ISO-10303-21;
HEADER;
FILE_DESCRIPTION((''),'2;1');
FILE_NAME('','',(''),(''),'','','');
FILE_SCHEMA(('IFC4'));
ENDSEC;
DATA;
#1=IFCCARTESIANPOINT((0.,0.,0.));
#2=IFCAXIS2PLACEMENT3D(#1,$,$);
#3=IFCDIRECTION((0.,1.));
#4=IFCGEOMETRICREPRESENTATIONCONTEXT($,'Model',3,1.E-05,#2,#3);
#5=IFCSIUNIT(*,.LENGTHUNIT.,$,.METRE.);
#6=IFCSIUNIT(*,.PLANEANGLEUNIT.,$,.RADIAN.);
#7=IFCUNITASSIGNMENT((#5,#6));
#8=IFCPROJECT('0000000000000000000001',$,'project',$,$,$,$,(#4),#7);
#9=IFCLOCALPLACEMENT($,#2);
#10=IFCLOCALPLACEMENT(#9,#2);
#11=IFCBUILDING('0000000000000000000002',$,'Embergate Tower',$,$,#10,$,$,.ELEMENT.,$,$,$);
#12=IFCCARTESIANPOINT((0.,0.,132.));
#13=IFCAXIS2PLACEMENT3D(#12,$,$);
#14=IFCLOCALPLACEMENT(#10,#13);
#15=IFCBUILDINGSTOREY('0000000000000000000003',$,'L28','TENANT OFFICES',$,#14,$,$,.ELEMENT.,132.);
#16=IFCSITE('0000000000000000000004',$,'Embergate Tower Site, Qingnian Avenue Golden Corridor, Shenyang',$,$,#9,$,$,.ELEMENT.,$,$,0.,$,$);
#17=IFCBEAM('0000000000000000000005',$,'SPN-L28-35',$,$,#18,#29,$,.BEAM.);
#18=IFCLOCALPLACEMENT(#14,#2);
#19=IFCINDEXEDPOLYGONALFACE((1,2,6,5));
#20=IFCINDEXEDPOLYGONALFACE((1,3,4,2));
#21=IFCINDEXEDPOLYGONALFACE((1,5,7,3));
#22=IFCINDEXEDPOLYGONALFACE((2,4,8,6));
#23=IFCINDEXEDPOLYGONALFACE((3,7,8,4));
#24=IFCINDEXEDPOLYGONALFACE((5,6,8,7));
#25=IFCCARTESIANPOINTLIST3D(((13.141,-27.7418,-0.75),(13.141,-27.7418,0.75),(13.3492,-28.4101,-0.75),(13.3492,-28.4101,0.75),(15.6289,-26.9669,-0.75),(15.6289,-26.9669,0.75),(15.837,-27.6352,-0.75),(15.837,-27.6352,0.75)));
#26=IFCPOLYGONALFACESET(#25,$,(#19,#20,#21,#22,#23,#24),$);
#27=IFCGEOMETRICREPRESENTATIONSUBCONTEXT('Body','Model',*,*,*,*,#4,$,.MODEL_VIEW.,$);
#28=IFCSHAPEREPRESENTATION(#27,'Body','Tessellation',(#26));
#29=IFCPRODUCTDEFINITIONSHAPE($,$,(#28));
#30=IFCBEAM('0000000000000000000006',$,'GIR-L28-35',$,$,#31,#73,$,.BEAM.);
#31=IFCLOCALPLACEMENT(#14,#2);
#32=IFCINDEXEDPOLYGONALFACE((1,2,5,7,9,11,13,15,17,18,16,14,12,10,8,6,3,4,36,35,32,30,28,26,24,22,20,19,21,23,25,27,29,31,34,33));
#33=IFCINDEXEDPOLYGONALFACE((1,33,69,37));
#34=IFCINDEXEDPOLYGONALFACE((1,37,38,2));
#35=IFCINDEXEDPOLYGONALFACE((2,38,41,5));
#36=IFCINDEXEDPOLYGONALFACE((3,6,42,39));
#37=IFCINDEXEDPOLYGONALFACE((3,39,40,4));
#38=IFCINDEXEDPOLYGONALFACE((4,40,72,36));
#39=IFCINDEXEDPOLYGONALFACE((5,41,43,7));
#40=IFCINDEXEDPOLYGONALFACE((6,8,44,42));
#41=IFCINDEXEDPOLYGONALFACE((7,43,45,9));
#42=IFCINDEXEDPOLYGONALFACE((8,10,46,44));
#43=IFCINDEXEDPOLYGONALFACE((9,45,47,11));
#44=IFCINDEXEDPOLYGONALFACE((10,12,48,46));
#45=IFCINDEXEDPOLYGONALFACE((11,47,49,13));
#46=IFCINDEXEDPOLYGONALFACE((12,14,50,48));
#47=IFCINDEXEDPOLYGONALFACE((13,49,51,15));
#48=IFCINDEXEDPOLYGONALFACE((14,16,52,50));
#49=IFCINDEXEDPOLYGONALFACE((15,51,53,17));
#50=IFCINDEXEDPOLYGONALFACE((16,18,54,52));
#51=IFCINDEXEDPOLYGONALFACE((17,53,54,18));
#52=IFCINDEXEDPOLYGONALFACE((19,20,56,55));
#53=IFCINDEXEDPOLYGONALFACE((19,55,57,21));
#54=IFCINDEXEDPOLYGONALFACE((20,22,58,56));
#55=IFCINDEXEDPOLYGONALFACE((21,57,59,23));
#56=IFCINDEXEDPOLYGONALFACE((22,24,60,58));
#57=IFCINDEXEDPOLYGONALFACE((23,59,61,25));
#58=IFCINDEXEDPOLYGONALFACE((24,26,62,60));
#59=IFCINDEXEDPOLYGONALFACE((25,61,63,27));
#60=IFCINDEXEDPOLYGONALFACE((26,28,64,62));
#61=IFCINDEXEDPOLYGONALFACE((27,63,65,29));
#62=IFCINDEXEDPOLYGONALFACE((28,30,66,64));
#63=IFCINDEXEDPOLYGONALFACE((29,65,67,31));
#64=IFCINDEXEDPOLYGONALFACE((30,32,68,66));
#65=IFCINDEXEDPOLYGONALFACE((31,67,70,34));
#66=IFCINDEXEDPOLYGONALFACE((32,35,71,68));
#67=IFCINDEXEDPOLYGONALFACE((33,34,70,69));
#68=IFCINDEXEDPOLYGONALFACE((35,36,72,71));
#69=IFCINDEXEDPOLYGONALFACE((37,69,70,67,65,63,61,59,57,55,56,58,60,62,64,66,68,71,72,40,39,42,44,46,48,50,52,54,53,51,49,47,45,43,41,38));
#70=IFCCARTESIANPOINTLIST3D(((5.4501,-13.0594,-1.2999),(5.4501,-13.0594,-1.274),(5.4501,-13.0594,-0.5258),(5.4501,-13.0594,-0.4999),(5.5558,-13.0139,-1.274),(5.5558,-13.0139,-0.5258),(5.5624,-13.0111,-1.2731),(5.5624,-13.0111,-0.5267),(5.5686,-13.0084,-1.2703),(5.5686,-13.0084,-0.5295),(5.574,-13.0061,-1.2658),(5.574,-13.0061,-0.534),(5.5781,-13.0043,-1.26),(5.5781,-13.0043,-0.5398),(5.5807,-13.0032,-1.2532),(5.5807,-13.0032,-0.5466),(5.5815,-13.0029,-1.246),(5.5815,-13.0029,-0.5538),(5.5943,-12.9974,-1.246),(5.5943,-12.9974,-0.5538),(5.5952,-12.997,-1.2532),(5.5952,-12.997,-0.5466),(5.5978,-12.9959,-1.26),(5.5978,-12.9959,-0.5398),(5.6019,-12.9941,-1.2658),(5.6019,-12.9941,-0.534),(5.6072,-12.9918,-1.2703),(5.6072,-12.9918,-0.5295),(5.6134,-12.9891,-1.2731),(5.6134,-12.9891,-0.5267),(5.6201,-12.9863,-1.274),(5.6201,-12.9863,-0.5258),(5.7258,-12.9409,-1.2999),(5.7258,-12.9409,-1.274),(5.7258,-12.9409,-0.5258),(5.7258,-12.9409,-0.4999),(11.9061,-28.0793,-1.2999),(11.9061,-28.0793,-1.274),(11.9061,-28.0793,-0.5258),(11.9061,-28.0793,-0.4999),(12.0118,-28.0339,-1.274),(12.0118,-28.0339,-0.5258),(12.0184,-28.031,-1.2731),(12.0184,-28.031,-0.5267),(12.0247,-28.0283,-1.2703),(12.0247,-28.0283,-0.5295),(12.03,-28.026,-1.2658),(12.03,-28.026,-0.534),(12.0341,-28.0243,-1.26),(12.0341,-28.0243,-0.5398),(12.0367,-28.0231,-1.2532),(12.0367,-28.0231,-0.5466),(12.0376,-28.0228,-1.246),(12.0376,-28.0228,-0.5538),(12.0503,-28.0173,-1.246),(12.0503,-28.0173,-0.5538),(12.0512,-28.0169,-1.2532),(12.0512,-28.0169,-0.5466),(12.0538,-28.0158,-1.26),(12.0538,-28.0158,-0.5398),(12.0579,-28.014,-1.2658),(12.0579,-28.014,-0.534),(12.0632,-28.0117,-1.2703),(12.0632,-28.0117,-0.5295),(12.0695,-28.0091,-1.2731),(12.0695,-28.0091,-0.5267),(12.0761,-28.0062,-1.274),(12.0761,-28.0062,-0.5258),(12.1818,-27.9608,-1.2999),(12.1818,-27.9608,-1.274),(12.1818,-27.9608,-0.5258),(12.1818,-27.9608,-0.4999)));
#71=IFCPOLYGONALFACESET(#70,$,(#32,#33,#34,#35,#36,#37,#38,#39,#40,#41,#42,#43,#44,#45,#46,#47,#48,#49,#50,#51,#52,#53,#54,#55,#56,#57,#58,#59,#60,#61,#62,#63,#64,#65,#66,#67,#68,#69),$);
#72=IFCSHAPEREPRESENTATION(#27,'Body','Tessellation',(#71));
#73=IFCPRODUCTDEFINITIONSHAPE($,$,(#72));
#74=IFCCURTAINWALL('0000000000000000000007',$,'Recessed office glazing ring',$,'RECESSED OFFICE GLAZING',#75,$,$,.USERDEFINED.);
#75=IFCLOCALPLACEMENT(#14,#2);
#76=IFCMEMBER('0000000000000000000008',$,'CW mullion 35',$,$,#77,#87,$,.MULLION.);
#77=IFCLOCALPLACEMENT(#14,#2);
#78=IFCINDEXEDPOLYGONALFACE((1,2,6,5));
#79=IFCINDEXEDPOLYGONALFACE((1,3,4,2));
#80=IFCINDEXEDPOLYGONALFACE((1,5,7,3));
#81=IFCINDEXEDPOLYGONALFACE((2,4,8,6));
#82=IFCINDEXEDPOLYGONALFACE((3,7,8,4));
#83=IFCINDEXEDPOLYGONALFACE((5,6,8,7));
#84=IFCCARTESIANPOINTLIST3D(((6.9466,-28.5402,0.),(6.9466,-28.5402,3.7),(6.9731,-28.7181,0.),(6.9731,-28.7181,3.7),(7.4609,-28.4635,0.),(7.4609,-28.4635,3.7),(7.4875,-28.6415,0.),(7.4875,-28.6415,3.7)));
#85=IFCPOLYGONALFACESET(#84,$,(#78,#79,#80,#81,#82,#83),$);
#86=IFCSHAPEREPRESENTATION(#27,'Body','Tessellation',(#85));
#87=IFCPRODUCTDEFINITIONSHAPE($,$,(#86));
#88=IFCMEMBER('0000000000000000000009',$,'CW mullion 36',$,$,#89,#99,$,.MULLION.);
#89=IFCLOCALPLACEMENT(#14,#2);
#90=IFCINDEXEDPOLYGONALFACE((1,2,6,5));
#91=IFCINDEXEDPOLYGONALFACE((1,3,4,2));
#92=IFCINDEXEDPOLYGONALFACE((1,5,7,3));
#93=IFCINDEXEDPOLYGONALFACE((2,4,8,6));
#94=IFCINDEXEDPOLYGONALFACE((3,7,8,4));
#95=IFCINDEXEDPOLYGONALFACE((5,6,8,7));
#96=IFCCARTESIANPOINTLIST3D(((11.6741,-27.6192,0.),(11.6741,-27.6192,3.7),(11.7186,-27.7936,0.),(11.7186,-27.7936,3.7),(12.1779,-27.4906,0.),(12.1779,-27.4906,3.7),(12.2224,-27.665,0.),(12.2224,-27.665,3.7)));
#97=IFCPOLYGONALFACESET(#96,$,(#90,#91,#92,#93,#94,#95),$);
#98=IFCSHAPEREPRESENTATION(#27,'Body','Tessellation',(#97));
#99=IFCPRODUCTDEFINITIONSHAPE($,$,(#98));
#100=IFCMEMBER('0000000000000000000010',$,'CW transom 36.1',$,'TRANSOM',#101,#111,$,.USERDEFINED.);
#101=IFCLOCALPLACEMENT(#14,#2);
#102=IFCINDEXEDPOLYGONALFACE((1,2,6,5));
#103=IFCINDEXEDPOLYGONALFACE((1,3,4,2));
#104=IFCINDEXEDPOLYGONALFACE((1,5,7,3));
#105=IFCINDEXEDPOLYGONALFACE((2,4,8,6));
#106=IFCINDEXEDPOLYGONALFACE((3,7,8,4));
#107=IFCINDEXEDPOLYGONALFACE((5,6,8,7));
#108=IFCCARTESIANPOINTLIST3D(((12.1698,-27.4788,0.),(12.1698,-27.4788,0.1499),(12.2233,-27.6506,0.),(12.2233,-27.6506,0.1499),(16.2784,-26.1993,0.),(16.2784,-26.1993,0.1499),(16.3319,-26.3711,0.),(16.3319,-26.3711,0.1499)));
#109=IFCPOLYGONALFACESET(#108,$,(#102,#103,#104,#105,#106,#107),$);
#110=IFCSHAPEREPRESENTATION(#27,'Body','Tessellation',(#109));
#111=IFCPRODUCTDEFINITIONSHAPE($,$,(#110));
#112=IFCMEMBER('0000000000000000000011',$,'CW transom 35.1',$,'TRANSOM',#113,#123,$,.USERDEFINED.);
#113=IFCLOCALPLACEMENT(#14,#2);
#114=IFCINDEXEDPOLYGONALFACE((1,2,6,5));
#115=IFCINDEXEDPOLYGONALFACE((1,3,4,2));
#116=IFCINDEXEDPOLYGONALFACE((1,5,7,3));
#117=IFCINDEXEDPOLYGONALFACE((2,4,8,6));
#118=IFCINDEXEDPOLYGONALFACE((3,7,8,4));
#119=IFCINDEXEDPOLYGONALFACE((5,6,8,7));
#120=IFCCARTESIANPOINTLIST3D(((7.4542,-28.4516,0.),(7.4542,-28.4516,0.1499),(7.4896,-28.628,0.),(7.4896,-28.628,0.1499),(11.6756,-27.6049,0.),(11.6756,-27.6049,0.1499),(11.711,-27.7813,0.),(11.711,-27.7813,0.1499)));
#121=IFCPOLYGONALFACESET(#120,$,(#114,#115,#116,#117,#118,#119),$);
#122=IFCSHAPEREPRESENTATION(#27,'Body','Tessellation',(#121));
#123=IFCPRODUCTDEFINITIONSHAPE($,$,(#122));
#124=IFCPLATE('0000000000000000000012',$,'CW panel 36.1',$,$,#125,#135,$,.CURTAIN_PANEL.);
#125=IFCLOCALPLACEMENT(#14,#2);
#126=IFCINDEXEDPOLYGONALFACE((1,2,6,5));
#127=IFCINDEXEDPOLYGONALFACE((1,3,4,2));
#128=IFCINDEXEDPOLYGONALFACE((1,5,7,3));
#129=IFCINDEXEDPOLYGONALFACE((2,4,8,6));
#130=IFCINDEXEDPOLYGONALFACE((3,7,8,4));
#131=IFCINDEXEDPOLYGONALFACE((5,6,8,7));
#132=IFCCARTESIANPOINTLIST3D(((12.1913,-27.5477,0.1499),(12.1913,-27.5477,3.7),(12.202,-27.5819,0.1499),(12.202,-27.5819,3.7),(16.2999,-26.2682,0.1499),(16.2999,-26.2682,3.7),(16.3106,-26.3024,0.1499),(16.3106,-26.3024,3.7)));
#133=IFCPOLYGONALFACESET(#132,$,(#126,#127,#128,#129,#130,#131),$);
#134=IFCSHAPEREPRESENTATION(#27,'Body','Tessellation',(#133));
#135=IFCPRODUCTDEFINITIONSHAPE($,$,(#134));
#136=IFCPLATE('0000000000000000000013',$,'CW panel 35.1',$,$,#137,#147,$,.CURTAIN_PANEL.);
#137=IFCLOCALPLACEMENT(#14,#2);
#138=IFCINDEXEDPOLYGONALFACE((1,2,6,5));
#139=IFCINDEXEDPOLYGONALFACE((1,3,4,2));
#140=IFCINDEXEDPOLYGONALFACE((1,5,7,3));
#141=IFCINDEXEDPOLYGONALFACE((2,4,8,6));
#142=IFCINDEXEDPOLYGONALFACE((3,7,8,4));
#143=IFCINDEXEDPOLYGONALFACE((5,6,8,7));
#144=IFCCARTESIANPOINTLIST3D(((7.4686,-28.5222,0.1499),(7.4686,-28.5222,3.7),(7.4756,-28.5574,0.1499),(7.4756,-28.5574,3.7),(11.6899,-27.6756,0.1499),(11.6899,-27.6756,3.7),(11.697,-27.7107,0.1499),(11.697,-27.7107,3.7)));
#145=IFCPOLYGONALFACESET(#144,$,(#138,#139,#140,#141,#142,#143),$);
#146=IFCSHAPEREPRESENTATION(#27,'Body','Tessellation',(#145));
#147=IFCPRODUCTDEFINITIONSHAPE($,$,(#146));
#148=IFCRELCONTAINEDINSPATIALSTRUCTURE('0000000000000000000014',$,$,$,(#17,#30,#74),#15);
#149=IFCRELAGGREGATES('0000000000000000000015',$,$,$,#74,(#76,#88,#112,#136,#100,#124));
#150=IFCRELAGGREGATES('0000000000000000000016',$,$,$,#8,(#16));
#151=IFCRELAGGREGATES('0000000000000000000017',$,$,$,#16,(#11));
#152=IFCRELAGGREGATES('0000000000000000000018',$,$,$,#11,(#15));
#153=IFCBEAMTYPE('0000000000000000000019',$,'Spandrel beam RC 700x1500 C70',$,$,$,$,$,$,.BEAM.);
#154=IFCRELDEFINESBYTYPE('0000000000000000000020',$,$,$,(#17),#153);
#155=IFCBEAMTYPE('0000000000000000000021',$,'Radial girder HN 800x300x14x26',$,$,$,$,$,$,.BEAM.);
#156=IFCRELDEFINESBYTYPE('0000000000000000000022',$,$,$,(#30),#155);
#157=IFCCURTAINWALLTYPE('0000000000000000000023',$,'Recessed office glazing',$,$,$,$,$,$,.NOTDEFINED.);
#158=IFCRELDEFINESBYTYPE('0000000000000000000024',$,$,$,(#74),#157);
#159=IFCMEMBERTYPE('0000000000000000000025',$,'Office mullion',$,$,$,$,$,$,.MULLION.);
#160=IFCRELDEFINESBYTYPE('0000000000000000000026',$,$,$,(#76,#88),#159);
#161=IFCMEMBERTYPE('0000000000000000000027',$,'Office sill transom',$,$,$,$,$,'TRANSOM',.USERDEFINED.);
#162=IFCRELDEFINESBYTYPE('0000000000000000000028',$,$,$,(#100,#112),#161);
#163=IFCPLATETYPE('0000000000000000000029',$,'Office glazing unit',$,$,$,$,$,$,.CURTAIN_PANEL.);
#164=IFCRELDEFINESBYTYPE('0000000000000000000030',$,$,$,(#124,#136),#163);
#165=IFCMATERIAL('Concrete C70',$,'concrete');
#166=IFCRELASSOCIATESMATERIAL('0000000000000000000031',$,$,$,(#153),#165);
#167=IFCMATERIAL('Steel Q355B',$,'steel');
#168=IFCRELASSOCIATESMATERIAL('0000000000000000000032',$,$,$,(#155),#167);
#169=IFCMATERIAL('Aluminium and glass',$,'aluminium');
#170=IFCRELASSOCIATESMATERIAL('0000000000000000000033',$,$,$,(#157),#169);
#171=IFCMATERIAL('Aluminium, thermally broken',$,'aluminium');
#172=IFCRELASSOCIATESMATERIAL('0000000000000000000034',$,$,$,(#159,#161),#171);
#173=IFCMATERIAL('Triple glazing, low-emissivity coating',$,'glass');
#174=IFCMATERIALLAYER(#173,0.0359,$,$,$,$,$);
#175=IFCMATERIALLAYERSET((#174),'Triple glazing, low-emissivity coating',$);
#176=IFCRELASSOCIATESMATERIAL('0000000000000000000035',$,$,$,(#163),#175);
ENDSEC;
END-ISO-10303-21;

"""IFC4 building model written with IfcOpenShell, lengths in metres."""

from ifc_helpers import new_model, si_unit, direction, frame, origin, origin_2d, place, context, subcontext, project, spatial, rectangle, i_section, extrude, source, transform, mapped, material, layer, layer_set, material_profile, profile_set, type_object, element, aggregate, save


model = new_model("IFC4")

# Units and contexts
model_context = context("Model", 3, precision=1e-05, world=origin(), true_north=direction((0.0, 1.0)))
body_context = subcontext(model_context, "Body", "Model", "MODEL_VIEW")
ifc_project = project(units=[si_unit("LENGTHUNIT", "METRE"), si_unit("PLANEANGLEUNIT", "RADIAN")], contexts=[model_context])

# Site, building, storey
site_placement = place(None, origin())
site = spatial("IfcSite", under=ifc_project, at=site_placement, Name="Embergate Tower Site, Qingnian Avenue Golden Corridor, Shenyang", CompositionType="ELEMENT", RefElevation=0.0)
building_placement = place(site_placement, origin())
building = spatial("IfcBuilding", under=site, at=building_placement, Name="Embergate Tower", CompositionType="ELEMENT")
storey_placement = place(building_placement, frame((0.0, 0.0, 132.0)))
storey = spatial("IfcBuildingStorey", under=building, at=storey_placement, Name="L28", Description="TENANT OFFICES", CompositionType="ELEMENT", Elevation=132.0)

# Beams
ifc_material_1 = material(Name="Concrete C70", Category="concrete")
ifc_material_profile_1 = material_profile(ifc_material_1, rectangle(XDim=0.7, YDim=1.5, at=origin_2d()), Name="RC 700x1500")
ifc_profile_set_1 = profile_set([ifc_material_profile_1], Name="Concrete C70")
beam_type_1 = type_object("IfcBeamType", Name="Spandrel beam RC 700x1500 C70", PredefinedType="BEAM", material=ifc_profile_set_1)
shared_shape_1 = source(origin(), body_context, "Body", "SweptSolid", [
    extrude(rectangle(XDim=0.7, YDim=1.5, at=origin_2d()), origin(), (0.0, 0.0, 1.0), 2.6057),
])
beam_1_placement = place(storey_placement, frame((13.2451, -28.0759, 0.0), z_axis=(0.954756, 0.297389, 0.0), x_axis=(-0.297389, 0.954756, 0.0)))
element("IfcBeam", 1, at=beam_1_placement, inside=storey, type_object=beam_type_1, Name="SPN-L28-35", PredefinedType="BEAM", context=body_context, shape_type="MappedRepresentation", body=[
    mapped(shared_shape_1, transform((0.0, 0.0, 0.0))),
])
ifc_material_2 = material(Name="Steel Q355B", Category="steel")
ifc_material_profile_2 = material_profile(ifc_material_2, i_section(OverallWidth=0.3, OverallDepth=0.8, WebThickness=0.0139, FlangeThickness=0.0259, FilletRadius=0.0281, at=origin_2d()), Name="HN 800x300x14x26")
ifc_profile_set_2 = profile_set([ifc_material_profile_2], Name="Steel Q355 grade B")
beam_type_2 = type_object("IfcBeamType", Name="Radial girder HN 800x300x14x26", PredefinedType="BEAM", material=ifc_profile_set_2)
shared_shape_2 = source(origin(), body_context, "Body", "SweptSolid", [
    extrude(i_section(OverallWidth=0.3, OverallDepth=0.8, WebThickness=0.0139, FlangeThickness=0.0259, FilletRadius=0.0281, at=origin_2d()), origin(), (0.0, 0.0, 1.0), 16.3486),
])
beam_2_placement = place(storey_placement, frame((12.0439, -28.02, -0.8999), z_axis=(-0.394896, 0.918726, 0.0), x_axis=(-0.918726, -0.394896, 0.0)))
element("IfcBeam", 2, at=beam_2_placement, inside=storey, type_object=beam_type_2, Name="GIR-L28-35", PredefinedType="BEAM", context=body_context, shape_type="MappedRepresentation", body=[
    mapped(shared_shape_2, transform((0.0, 0.0, 0.0))),
])

# Curtain wall, members, plates
ifc_material_3 = material(Name="Aluminium and glass", Category="aluminium")
curtain_wall_type = type_object("IfcCurtainWallType", Name="Recessed office glazing", PredefinedType="NOTDEFINED", material=ifc_material_3)
curtain_wall_placement = place(storey_placement, origin())
curtain_wall = element("IfcCurtainWall", 3, at=curtain_wall_placement, inside=storey, type_object=curtain_wall_type, Name="Recessed office glazing ring", ObjectType="RECESSED OFFICE GLAZING", PredefinedType="USERDEFINED")
ifc_material_4 = material(Name="Aluminium, thermally broken", Category="aluminium")
ifc_material_profile_3 = material_profile(ifc_material_4, rectangle(XDim=0.1799, YDim=0.52, at=origin_2d()), Name="AL 520x180")
ifc_profile_set_3 = profile_set([ifc_material_profile_3], Name="Aluminium, thermally broken")
member_type_1 = type_object("IfcMemberType", Name="Office mullion", PredefinedType="MULLION", material=ifc_profile_set_3)
shared_shape_3 = source(origin(), body_context, "Body", "SweptSolid", [
    extrude(rectangle(XDim=0.1799, YDim=0.52, at=origin_2d()), origin(), (0.0, 0.0, 1.0), 3.7),
])
member_1_placement = place(storey_placement, frame((7.217, -28.5908, 0.0), z_axis=(0.0, 0.0, 1.0), x_axis=(-0.147411, 0.989075, 0.0)))
member_1 = element("IfcMember", 4, at=member_1_placement, type_object=member_type_1, Name="CW mullion 35", PredefinedType="MULLION", context=body_context, shape_type="MappedRepresentation", body=[
    mapped(shared_shape_3, transform((0.0, 0.0, 0.0))),
])
member_2_placement = place(storey_placement, frame((11.9482, -27.6421, 0.0), z_axis=(0.0, 0.0, 1.0), x_axis=(-0.24731, 0.968936, 0.0)))
member_2 = element("IfcMember", 5, at=member_2_placement, type_object=member_type_1, Name="CW mullion 36", PredefinedType="MULLION", context=body_context, shape_type="MappedRepresentation", body=[
    mapped(shared_shape_3, transform((0.0, 0.0, 0.0))),
])
ifc_material_profile_4 = material_profile(ifc_material_4, rectangle(XDim=0.1799, YDim=0.1499, at=origin_2d()), Name="AL 150x180")
ifc_profile_set_4 = profile_set([ifc_material_profile_4], Name="Aluminium, thermally broken")
member_type_2 = type_object("IfcMemberType", Name="Office sill transom", ElementType="TRANSOM", PredefinedType="USERDEFINED", material=ifc_profile_set_4)
shared_shape_4 = source(origin(), body_context, "Body", "SweptSolid", [
    extrude(rectangle(XDim=0.1799, YDim=0.1499, at=origin_2d()), origin(), (0.0, 0.0, 1.0), 4.3032),
])
member_3_placement = place(storey_placement, frame((12.1965, -27.5647, 0.075), z_axis=(0.954771, 0.297341, 0.0), x_axis=(-0.297341, 0.954771, 0.0)))
member_3 = element("IfcMember", 6, at=member_3_placement, type_object=member_type_2, Name="CW transom 36.1", ObjectType="TRANSOM", PredefinedType="USERDEFINED", context=body_context, shape_type="MappedRepresentation", body=[
    mapped(shared_shape_4, transform((0.0, 0.0, 0.0))),
])
shared_shape_5 = source(origin(), body_context, "Body", "SweptSolid", [
    extrude(rectangle(XDim=0.1799, YDim=0.1499, at=origin_2d()), origin(), (0.0, 0.0, 1.0), 4.3054),
])
member_4_placement = place(storey_placement, frame((7.4719, -28.5398, 0.075), z_axis=(0.980474, 0.19665, 0.0), x_axis=(-0.19665, 0.980474, 0.0)))
member_4 = element("IfcMember", 7, at=member_4_placement, type_object=member_type_2, Name="CW transom 35.1", ObjectType="TRANSOM", PredefinedType="USERDEFINED", context=body_context, shape_type="MappedRepresentation", body=[
    mapped(shared_shape_5, transform((0.0, 0.0, 0.0))),
])
ifc_material_5 = material(Name="Triple glazing, low-emissivity coating", Category="glass")
ifc_layer_1 = layer(ifc_material_5, 0.0359)
ifc_layer_set_1 = layer_set([ifc_layer_1], Name="Triple glazing, low-emissivity coating")
plate_type = type_object("IfcPlateType", Name="Office glazing unit", PredefinedType="CURTAIN_PANEL", material=ifc_layer_set_1)
shared_shape_6 = source(origin(), body_context, "Body", "SweptSolid", [
    extrude(rectangle(XDim=4.3032, YDim=0.0359, at=origin_2d()), origin(), (0.0, 0.0, 1.0), 3.55),
])
plate_1_placement = place(storey_placement, frame((14.251, -26.925, 0.1499), z_axis=(0.0, 0.0, 1.0), x_axis=(0.954773, 0.297337, 0.0)))
plate_1 = element("IfcPlate", 8, at=plate_1_placement, type_object=plate_type, Name="CW panel 36.1", PredefinedType="CURTAIN_PANEL", context=body_context, shape_type="MappedRepresentation", body=[
    mapped(shared_shape_6, transform((0.0, 0.0, 0.0))),
])
shared_shape_7 = source(origin(), body_context, "Body", "SweptSolid", [
    extrude(rectangle(XDim=4.3054, YDim=0.0359, at=origin_2d()), origin(), (0.0, 0.0, 1.0), 3.55),
])
plate_2_placement = place(storey_placement, frame((9.5828, -28.1165, 0.1499), z_axis=(0.0, 0.0, 1.0), x_axis=(0.980476, 0.196639, 0.0)))
plate_2 = element("IfcPlate", 9, at=plate_2_placement, type_object=plate_type, Name="CW panel 35.1", PredefinedType="CURTAIN_PANEL", context=body_context, shape_type="MappedRepresentation", body=[
    mapped(shared_shape_7, transform((0.0, 0.0, 0.0))),
])
aggregate(curtain_wall, [member_1, member_2, member_4, plate_2, member_3, plate_1])

save(model, "model.ifc")
